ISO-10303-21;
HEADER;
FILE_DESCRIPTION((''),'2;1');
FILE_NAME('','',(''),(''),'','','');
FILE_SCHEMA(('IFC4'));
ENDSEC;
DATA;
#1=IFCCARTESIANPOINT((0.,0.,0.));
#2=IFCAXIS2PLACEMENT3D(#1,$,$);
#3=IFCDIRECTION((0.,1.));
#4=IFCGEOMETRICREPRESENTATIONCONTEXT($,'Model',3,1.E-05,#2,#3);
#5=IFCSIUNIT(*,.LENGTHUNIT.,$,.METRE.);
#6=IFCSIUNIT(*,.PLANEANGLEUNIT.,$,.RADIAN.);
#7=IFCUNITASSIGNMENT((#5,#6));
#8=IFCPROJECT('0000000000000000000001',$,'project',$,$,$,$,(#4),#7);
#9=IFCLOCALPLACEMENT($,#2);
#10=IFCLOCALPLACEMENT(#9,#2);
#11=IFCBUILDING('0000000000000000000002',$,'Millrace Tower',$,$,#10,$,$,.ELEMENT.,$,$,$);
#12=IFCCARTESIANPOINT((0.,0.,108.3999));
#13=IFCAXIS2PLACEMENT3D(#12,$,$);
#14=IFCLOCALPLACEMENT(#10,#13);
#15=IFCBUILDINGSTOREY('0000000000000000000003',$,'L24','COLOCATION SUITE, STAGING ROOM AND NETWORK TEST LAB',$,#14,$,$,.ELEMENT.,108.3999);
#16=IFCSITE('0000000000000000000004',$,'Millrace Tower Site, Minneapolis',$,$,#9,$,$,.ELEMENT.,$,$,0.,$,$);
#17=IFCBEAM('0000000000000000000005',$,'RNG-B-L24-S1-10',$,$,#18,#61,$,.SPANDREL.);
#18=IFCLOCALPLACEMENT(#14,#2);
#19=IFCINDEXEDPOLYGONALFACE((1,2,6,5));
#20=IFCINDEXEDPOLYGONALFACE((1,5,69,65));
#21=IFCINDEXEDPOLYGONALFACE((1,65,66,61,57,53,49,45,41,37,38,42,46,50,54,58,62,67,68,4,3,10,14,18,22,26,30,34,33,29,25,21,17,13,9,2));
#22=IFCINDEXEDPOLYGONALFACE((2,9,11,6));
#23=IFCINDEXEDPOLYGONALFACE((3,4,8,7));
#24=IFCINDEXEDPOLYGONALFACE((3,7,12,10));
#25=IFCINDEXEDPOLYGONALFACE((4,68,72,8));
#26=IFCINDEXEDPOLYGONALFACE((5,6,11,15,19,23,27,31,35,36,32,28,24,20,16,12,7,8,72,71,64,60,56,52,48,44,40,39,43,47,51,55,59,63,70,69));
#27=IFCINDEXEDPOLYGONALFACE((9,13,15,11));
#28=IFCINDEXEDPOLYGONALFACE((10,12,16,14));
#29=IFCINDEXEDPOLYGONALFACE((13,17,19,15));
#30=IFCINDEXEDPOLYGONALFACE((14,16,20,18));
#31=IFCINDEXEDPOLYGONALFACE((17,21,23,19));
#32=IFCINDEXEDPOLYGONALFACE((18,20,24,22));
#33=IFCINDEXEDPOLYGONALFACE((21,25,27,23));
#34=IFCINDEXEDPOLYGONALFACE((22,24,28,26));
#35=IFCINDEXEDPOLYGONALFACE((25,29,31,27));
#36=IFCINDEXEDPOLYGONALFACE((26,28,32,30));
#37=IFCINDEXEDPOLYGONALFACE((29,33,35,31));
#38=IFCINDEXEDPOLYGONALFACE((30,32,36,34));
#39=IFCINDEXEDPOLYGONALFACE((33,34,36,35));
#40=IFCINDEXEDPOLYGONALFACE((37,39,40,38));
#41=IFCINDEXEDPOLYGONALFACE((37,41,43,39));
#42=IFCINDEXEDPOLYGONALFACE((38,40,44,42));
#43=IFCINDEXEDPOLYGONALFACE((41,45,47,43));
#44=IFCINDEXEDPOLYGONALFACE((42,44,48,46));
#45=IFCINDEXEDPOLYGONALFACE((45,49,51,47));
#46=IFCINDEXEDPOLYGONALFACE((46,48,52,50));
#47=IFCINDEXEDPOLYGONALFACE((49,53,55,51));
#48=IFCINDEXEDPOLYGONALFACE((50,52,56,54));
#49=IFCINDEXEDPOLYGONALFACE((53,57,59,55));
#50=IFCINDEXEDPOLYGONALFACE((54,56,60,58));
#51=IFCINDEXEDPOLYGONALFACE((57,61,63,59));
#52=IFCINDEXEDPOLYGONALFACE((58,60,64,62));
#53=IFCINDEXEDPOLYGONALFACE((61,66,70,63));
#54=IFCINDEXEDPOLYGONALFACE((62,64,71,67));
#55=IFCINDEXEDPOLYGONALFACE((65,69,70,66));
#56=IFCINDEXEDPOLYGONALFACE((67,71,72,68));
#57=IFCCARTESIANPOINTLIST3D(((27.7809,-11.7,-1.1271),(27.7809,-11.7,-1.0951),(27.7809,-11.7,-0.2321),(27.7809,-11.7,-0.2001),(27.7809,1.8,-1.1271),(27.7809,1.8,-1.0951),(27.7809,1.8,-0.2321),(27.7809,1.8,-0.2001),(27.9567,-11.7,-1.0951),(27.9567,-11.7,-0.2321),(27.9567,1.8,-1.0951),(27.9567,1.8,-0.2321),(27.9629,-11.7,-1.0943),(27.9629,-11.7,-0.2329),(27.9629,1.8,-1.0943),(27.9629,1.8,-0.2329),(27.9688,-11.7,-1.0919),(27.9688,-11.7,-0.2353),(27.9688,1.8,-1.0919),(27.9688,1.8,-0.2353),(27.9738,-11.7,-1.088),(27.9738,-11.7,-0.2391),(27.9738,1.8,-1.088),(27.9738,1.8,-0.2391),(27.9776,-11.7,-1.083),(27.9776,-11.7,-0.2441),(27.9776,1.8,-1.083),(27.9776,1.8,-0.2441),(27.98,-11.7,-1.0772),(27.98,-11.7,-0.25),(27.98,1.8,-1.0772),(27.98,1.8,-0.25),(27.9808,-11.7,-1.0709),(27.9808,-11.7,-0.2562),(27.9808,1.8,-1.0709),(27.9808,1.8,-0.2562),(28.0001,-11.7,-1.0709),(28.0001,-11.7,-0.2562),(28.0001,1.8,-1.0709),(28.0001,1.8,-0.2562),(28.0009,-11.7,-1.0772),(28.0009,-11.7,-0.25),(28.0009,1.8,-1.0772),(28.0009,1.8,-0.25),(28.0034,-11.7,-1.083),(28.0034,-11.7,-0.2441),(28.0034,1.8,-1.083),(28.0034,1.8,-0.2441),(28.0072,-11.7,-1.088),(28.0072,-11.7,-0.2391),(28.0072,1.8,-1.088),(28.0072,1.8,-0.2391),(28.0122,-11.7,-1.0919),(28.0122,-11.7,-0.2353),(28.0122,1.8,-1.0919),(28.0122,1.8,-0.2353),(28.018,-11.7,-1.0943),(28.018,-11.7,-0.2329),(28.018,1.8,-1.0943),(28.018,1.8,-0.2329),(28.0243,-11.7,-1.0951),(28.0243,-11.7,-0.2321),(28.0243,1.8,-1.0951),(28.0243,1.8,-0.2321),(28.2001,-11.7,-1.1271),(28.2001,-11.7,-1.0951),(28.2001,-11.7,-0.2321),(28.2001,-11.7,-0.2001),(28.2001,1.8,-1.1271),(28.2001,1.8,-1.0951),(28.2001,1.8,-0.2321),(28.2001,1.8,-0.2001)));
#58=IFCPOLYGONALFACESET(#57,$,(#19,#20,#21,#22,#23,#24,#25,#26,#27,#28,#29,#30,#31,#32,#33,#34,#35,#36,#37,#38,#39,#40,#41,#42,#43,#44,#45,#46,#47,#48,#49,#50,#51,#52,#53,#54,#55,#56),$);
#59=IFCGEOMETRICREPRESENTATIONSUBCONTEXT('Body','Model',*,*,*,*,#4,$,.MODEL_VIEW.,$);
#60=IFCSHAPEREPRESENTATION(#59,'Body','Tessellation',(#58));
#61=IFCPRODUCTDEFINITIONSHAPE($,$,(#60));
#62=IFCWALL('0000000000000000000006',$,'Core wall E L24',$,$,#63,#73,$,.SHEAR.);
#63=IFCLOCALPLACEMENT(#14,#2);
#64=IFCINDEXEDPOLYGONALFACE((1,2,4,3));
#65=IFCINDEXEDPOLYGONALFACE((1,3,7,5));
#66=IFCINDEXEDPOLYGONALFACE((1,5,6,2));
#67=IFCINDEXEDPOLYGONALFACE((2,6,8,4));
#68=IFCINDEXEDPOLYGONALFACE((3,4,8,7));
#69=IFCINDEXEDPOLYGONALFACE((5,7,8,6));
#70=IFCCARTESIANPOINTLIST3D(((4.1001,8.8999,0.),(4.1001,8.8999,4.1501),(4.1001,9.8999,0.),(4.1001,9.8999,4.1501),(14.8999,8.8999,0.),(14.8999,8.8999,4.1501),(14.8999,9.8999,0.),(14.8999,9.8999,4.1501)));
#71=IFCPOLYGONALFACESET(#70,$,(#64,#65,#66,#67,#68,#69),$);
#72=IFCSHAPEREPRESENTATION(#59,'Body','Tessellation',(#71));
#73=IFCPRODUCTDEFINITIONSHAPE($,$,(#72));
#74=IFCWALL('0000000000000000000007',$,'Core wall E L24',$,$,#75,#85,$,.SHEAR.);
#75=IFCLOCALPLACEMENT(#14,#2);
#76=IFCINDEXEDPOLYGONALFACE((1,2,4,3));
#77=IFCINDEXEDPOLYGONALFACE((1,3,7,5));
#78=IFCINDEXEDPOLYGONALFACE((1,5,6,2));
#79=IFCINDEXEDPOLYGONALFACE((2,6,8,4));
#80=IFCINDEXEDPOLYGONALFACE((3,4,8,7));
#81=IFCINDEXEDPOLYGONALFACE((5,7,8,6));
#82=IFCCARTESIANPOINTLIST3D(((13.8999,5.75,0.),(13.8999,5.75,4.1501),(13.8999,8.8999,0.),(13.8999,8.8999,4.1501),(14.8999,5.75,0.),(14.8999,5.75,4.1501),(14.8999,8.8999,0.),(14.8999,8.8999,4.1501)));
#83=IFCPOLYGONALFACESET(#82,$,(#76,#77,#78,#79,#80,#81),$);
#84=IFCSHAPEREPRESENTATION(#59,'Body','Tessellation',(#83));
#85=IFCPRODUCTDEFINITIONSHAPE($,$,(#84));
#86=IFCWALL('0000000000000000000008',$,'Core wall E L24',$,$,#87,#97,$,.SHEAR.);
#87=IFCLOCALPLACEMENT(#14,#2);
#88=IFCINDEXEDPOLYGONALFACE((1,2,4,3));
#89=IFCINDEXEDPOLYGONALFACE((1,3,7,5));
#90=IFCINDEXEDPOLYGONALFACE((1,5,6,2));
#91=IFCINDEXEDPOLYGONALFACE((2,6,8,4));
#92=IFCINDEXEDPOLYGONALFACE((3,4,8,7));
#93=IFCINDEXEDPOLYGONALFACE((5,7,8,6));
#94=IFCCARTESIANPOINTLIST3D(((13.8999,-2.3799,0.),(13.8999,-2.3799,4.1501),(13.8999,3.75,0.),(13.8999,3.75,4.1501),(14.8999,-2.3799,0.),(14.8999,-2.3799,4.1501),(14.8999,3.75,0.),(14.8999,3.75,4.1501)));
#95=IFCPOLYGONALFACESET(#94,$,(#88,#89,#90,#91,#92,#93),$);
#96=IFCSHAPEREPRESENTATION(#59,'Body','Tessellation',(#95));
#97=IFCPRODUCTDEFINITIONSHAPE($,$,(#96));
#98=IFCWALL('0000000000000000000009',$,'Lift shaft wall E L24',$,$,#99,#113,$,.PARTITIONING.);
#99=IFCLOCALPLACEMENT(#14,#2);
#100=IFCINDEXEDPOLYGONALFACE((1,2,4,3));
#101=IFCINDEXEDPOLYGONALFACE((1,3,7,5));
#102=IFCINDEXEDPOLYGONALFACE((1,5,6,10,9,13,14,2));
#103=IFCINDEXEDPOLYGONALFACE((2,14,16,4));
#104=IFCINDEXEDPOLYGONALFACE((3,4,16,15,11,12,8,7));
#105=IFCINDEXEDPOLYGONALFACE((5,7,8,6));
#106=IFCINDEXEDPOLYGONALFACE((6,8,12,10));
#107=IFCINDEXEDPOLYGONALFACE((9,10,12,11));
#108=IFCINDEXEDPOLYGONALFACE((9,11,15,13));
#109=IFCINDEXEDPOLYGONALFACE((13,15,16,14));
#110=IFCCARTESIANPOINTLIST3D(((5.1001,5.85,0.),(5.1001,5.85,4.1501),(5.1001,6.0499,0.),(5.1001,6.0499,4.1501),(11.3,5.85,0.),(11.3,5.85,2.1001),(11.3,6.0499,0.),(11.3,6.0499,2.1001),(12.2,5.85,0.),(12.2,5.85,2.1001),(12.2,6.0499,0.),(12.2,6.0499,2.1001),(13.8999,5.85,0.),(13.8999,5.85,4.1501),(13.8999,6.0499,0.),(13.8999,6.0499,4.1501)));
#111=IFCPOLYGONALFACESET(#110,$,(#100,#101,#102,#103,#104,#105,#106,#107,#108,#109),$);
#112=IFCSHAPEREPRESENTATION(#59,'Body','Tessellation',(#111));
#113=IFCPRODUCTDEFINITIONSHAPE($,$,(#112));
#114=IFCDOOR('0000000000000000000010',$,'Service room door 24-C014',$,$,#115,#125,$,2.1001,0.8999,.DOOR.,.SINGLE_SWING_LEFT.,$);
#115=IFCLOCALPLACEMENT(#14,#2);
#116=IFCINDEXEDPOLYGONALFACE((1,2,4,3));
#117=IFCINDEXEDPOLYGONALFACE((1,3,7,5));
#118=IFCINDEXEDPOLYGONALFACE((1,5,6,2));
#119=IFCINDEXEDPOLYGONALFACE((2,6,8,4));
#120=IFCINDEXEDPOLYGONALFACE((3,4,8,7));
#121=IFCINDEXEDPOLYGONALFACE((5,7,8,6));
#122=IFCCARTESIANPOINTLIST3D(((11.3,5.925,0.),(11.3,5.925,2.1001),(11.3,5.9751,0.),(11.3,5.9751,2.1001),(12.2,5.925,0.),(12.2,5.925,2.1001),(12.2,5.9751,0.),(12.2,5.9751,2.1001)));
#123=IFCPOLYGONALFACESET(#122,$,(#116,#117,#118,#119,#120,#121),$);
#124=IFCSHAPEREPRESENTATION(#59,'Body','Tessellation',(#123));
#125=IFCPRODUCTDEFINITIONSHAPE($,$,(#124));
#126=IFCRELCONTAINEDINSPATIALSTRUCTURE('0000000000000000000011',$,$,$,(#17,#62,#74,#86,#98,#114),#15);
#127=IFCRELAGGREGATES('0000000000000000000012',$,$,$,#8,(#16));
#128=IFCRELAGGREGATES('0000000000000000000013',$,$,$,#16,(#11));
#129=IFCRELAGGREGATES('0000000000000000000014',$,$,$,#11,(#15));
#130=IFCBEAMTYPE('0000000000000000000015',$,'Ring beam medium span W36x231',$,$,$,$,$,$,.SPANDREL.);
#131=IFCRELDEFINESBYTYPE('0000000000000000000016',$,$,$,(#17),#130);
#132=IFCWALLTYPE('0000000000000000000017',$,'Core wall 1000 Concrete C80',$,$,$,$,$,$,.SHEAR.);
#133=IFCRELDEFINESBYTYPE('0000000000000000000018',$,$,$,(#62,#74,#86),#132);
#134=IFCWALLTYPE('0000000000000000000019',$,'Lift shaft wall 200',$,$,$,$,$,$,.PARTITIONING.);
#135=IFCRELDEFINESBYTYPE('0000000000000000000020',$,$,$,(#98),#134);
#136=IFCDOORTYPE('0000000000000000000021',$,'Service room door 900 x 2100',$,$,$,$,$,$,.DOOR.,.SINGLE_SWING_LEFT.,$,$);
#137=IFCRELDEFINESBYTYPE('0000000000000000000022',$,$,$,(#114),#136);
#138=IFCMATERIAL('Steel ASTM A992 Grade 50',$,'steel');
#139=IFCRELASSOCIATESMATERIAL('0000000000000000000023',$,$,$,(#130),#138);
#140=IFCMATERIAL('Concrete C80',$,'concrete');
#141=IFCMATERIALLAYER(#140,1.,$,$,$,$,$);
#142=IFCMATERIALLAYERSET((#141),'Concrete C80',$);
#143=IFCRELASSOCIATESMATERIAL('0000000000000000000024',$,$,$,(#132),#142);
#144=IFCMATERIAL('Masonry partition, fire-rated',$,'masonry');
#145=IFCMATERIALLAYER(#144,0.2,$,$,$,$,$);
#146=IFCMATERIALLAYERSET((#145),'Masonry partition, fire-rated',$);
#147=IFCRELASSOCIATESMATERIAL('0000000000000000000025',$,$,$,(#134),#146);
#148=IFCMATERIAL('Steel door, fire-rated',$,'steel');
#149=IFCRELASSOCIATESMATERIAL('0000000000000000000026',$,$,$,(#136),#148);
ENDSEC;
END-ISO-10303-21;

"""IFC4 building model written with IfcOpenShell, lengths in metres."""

from ifc_helpers import new_model, si_unit, direction, frame, frame_2d, origin, origin_2d, place, context, subcontext, project, spatial, rectangle, i_section, extrude, material, layer, layer_set, material_profile, profile_set, type_object, element, fill, save


model = new_model("IFC4")

# Units and contexts
model_context = context("Model", 3, precision=1e-05, world=origin(), true_north=direction((0.0, 1.0)))
body_context = subcontext(model_context, "Body", "Model", "MODEL_VIEW")
ifc_project = project(units=[si_unit("LENGTHUNIT", "METRE"), si_unit("PLANEANGLEUNIT", "RADIAN")], contexts=[model_context])

# Site, building, storey
site_placement = place(None, origin())
site = spatial("IfcSite", under=ifc_project, at=site_placement, Name="Millrace Tower Site, Minneapolis", CompositionType="ELEMENT", RefElevation=0.0)
building_placement = place(site_placement, origin())
building = spatial("IfcBuilding", under=site, at=building_placement, Name="Millrace Tower", CompositionType="ELEMENT")
storey_placement = place(building_placement, frame((0.0, 0.0, 108.3999)))
storey = spatial("IfcBuildingStorey", under=building, at=storey_placement, Name="L24", Description="COLOCATION SUITE, STAGING ROOM AND NETWORK TEST LAB", CompositionType="ELEMENT", Elevation=108.3999)

# Beam
ifc_material_1 = material(Name="Steel ASTM A992 Grade 50", Category="steel")
ifc_material_profile_1 = material_profile(ifc_material_1, i_section(OverallWidth=0.4192, OverallDepth=0.927, WebThickness=0.0193, FlangeThickness=0.032, FilletRadius=0.0242, at=origin_2d()))
ifc_profile_set_1 = profile_set([ifc_material_profile_1], Name="Steel ASTM A992 Grade 50")
beam_type_1 = type_object("IfcBeamType", Name="Ring beam medium span W36x231", PredefinedType="SPANDREL", material=ifc_profile_set_1)
beam_1_placement = place(storey_placement, frame((27.9905, 1.8, -0.6636), z_axis=(0.0, -1.0, 0.0), x_axis=(1.0, 0.0, 0.0)))
element("IfcBeam", 1, at=beam_1_placement, inside=storey, type_object=beam_type_1, Name="RNG-B-L24-S1-10", PredefinedType="SPANDREL", context=body_context, shape_type="SweptSolid", body=[
    extrude(i_section(OverallWidth=0.4192, OverallDepth=0.927, WebThickness=0.0193, FlangeThickness=0.032, FilletRadius=0.0242, at=origin_2d()), origin(), (0.0, 0.0, 1.0), 13.5),
])

# Walls
ifc_material_2 = material(Name="Concrete C80", Category="concrete")
ifc_layer_1 = layer(ifc_material_2, 1.0)
ifc_layer_set_1 = layer_set([ifc_layer_1], Name="Concrete C80")
wall_type_1 = type_object("IfcWallType", Name="Core wall 1000 Concrete C80", PredefinedType="SHEAR", material=ifc_layer_set_1)
wall_1_placement = place(storey_placement, frame((14.8999, 9.3999, 0.0), z_axis=(0.0, 0.0, 1.0), x_axis=(-1.0, 0.0, 0.0)))
element("IfcWall", 2, at=wall_1_placement, inside=storey, type_object=wall_type_1, Name="Core wall E L24", PredefinedType="SHEAR", context=body_context, shape_type="SweptSolid", body=[
    extrude(rectangle(XDim=10.7998, YDim=1.0, at=frame_2d((5.3999, 0.0))), origin(), (0.0, 0.0, 1.0), 4.1501),
])
wall_2_placement = place(storey_placement, frame((14.3999, 8.8999, 0.0), z_axis=(0.0, 0.0, 1.0), x_axis=(0.0, -1.0, 0.0)))
element("IfcWall", 3, at=wall_2_placement, inside=storey, type_object=wall_type_1, Name="Core wall E L24", PredefinedType="SHEAR", context=body_context, shape_type="SweptSolid", body=[
    extrude(rectangle(XDim=3.1499, YDim=1.0, at=frame_2d((1.575, 0.0))), origin(), (0.0, 0.0, 1.0), 4.1501),
])
wall_3_placement = place(storey_placement, frame((14.3999, 3.75, 0.0), z_axis=(0.0, 0.0, 1.0), x_axis=(0.0, -1.0, 0.0)))
element("IfcWall", 4, at=wall_3_placement, inside=storey, type_object=wall_type_1, Name="Core wall E L24", PredefinedType="SHEAR", context=body_context, shape_type="SweptSolid", body=[
    extrude(rectangle(XDim=6.1299, YDim=1.0, at=frame_2d((3.0649, 0.0))), origin(), (0.0, 0.0, 1.0), 4.1501),
])

# Wall, opening, door
ifc_material_3 = material(Name="Masonry partition, fire-rated", Category="masonry")
ifc_layer_2 = layer(ifc_material_3, 0.2)
ifc_layer_set_2 = layer_set([ifc_layer_2], Name="Masonry partition, fire-rated")
wall_type_2 = type_object("IfcWallType", Name="Lift shaft wall 200", PredefinedType="PARTITIONING", material=ifc_layer_set_2)
wall_4_placement = place(storey_placement, frame((13.8999, 5.95, 0.0), z_axis=(0.0, 0.0, 1.0), x_axis=(-1.0, 0.0, 0.0)))
wall_4 = element("IfcWall", 5, at=wall_4_placement, inside=storey, type_object=wall_type_2, Name="Lift shaft wall E L24", PredefinedType="PARTITIONING", context=body_context, shape_type="SweptSolid", body=[
    extrude(rectangle(XDim=8.7998, YDim=0.2, at=frame_2d((4.3999, 0.0))), origin(), (0.0, 0.0, 1.0), 4.1501),
])
opening_1_placement = place(wall_4_placement, frame((1.7, 0.0, 0.0)))
opening_1 = element("IfcOpeningElement", 6, at=opening_1_placement, cuts=wall_4, PredefinedType="OPENING", context=body_context, shape_type="SweptSolid", body=[
    extrude(rectangle(XDim=0.8999, YDim=2.1001, at=frame_2d((0.45, 1.05))), frame((0.0, 0.1099, 0.0), z_axis=(0.0, -1.0, 0.0), x_axis=(1.0, 0.0, 0.0)), (0.0, 0.0, 1.0), 0.22),
])
ifc_material_4 = material(Name="Steel door, fire-rated", Category="steel")
door_type_1 = type_object("IfcDoorType", Name="Service room door 900 x 2100", OperationType="SINGLE_SWING_LEFT", PredefinedType="DOOR", material=ifc_material_4)
door_1_placement = place(opening_1_placement, origin())
door_1 = element("IfcDoor", 7, at=door_1_placement, inside=storey, type_object=door_type_1, Name="Service room door 24-C014", OperationType="SINGLE_SWING_LEFT", OverallHeight=2.1001, OverallWidth=0.8999, PredefinedType="DOOR", context=body_context, shape_type="SweptSolid", body=[
    extrude(rectangle(XDim=0.8999, YDim=2.1001, at=frame_2d((0.45, 1.05))), frame((0.0, 0.0249, 0.0), z_axis=(0.0, -1.0, 0.0), x_axis=(1.0, 0.0, 0.0)), (0.0, 0.0, 1.0), 0.05),
])
fill(opening_1, door_1)

save(model, "model.ifc")
